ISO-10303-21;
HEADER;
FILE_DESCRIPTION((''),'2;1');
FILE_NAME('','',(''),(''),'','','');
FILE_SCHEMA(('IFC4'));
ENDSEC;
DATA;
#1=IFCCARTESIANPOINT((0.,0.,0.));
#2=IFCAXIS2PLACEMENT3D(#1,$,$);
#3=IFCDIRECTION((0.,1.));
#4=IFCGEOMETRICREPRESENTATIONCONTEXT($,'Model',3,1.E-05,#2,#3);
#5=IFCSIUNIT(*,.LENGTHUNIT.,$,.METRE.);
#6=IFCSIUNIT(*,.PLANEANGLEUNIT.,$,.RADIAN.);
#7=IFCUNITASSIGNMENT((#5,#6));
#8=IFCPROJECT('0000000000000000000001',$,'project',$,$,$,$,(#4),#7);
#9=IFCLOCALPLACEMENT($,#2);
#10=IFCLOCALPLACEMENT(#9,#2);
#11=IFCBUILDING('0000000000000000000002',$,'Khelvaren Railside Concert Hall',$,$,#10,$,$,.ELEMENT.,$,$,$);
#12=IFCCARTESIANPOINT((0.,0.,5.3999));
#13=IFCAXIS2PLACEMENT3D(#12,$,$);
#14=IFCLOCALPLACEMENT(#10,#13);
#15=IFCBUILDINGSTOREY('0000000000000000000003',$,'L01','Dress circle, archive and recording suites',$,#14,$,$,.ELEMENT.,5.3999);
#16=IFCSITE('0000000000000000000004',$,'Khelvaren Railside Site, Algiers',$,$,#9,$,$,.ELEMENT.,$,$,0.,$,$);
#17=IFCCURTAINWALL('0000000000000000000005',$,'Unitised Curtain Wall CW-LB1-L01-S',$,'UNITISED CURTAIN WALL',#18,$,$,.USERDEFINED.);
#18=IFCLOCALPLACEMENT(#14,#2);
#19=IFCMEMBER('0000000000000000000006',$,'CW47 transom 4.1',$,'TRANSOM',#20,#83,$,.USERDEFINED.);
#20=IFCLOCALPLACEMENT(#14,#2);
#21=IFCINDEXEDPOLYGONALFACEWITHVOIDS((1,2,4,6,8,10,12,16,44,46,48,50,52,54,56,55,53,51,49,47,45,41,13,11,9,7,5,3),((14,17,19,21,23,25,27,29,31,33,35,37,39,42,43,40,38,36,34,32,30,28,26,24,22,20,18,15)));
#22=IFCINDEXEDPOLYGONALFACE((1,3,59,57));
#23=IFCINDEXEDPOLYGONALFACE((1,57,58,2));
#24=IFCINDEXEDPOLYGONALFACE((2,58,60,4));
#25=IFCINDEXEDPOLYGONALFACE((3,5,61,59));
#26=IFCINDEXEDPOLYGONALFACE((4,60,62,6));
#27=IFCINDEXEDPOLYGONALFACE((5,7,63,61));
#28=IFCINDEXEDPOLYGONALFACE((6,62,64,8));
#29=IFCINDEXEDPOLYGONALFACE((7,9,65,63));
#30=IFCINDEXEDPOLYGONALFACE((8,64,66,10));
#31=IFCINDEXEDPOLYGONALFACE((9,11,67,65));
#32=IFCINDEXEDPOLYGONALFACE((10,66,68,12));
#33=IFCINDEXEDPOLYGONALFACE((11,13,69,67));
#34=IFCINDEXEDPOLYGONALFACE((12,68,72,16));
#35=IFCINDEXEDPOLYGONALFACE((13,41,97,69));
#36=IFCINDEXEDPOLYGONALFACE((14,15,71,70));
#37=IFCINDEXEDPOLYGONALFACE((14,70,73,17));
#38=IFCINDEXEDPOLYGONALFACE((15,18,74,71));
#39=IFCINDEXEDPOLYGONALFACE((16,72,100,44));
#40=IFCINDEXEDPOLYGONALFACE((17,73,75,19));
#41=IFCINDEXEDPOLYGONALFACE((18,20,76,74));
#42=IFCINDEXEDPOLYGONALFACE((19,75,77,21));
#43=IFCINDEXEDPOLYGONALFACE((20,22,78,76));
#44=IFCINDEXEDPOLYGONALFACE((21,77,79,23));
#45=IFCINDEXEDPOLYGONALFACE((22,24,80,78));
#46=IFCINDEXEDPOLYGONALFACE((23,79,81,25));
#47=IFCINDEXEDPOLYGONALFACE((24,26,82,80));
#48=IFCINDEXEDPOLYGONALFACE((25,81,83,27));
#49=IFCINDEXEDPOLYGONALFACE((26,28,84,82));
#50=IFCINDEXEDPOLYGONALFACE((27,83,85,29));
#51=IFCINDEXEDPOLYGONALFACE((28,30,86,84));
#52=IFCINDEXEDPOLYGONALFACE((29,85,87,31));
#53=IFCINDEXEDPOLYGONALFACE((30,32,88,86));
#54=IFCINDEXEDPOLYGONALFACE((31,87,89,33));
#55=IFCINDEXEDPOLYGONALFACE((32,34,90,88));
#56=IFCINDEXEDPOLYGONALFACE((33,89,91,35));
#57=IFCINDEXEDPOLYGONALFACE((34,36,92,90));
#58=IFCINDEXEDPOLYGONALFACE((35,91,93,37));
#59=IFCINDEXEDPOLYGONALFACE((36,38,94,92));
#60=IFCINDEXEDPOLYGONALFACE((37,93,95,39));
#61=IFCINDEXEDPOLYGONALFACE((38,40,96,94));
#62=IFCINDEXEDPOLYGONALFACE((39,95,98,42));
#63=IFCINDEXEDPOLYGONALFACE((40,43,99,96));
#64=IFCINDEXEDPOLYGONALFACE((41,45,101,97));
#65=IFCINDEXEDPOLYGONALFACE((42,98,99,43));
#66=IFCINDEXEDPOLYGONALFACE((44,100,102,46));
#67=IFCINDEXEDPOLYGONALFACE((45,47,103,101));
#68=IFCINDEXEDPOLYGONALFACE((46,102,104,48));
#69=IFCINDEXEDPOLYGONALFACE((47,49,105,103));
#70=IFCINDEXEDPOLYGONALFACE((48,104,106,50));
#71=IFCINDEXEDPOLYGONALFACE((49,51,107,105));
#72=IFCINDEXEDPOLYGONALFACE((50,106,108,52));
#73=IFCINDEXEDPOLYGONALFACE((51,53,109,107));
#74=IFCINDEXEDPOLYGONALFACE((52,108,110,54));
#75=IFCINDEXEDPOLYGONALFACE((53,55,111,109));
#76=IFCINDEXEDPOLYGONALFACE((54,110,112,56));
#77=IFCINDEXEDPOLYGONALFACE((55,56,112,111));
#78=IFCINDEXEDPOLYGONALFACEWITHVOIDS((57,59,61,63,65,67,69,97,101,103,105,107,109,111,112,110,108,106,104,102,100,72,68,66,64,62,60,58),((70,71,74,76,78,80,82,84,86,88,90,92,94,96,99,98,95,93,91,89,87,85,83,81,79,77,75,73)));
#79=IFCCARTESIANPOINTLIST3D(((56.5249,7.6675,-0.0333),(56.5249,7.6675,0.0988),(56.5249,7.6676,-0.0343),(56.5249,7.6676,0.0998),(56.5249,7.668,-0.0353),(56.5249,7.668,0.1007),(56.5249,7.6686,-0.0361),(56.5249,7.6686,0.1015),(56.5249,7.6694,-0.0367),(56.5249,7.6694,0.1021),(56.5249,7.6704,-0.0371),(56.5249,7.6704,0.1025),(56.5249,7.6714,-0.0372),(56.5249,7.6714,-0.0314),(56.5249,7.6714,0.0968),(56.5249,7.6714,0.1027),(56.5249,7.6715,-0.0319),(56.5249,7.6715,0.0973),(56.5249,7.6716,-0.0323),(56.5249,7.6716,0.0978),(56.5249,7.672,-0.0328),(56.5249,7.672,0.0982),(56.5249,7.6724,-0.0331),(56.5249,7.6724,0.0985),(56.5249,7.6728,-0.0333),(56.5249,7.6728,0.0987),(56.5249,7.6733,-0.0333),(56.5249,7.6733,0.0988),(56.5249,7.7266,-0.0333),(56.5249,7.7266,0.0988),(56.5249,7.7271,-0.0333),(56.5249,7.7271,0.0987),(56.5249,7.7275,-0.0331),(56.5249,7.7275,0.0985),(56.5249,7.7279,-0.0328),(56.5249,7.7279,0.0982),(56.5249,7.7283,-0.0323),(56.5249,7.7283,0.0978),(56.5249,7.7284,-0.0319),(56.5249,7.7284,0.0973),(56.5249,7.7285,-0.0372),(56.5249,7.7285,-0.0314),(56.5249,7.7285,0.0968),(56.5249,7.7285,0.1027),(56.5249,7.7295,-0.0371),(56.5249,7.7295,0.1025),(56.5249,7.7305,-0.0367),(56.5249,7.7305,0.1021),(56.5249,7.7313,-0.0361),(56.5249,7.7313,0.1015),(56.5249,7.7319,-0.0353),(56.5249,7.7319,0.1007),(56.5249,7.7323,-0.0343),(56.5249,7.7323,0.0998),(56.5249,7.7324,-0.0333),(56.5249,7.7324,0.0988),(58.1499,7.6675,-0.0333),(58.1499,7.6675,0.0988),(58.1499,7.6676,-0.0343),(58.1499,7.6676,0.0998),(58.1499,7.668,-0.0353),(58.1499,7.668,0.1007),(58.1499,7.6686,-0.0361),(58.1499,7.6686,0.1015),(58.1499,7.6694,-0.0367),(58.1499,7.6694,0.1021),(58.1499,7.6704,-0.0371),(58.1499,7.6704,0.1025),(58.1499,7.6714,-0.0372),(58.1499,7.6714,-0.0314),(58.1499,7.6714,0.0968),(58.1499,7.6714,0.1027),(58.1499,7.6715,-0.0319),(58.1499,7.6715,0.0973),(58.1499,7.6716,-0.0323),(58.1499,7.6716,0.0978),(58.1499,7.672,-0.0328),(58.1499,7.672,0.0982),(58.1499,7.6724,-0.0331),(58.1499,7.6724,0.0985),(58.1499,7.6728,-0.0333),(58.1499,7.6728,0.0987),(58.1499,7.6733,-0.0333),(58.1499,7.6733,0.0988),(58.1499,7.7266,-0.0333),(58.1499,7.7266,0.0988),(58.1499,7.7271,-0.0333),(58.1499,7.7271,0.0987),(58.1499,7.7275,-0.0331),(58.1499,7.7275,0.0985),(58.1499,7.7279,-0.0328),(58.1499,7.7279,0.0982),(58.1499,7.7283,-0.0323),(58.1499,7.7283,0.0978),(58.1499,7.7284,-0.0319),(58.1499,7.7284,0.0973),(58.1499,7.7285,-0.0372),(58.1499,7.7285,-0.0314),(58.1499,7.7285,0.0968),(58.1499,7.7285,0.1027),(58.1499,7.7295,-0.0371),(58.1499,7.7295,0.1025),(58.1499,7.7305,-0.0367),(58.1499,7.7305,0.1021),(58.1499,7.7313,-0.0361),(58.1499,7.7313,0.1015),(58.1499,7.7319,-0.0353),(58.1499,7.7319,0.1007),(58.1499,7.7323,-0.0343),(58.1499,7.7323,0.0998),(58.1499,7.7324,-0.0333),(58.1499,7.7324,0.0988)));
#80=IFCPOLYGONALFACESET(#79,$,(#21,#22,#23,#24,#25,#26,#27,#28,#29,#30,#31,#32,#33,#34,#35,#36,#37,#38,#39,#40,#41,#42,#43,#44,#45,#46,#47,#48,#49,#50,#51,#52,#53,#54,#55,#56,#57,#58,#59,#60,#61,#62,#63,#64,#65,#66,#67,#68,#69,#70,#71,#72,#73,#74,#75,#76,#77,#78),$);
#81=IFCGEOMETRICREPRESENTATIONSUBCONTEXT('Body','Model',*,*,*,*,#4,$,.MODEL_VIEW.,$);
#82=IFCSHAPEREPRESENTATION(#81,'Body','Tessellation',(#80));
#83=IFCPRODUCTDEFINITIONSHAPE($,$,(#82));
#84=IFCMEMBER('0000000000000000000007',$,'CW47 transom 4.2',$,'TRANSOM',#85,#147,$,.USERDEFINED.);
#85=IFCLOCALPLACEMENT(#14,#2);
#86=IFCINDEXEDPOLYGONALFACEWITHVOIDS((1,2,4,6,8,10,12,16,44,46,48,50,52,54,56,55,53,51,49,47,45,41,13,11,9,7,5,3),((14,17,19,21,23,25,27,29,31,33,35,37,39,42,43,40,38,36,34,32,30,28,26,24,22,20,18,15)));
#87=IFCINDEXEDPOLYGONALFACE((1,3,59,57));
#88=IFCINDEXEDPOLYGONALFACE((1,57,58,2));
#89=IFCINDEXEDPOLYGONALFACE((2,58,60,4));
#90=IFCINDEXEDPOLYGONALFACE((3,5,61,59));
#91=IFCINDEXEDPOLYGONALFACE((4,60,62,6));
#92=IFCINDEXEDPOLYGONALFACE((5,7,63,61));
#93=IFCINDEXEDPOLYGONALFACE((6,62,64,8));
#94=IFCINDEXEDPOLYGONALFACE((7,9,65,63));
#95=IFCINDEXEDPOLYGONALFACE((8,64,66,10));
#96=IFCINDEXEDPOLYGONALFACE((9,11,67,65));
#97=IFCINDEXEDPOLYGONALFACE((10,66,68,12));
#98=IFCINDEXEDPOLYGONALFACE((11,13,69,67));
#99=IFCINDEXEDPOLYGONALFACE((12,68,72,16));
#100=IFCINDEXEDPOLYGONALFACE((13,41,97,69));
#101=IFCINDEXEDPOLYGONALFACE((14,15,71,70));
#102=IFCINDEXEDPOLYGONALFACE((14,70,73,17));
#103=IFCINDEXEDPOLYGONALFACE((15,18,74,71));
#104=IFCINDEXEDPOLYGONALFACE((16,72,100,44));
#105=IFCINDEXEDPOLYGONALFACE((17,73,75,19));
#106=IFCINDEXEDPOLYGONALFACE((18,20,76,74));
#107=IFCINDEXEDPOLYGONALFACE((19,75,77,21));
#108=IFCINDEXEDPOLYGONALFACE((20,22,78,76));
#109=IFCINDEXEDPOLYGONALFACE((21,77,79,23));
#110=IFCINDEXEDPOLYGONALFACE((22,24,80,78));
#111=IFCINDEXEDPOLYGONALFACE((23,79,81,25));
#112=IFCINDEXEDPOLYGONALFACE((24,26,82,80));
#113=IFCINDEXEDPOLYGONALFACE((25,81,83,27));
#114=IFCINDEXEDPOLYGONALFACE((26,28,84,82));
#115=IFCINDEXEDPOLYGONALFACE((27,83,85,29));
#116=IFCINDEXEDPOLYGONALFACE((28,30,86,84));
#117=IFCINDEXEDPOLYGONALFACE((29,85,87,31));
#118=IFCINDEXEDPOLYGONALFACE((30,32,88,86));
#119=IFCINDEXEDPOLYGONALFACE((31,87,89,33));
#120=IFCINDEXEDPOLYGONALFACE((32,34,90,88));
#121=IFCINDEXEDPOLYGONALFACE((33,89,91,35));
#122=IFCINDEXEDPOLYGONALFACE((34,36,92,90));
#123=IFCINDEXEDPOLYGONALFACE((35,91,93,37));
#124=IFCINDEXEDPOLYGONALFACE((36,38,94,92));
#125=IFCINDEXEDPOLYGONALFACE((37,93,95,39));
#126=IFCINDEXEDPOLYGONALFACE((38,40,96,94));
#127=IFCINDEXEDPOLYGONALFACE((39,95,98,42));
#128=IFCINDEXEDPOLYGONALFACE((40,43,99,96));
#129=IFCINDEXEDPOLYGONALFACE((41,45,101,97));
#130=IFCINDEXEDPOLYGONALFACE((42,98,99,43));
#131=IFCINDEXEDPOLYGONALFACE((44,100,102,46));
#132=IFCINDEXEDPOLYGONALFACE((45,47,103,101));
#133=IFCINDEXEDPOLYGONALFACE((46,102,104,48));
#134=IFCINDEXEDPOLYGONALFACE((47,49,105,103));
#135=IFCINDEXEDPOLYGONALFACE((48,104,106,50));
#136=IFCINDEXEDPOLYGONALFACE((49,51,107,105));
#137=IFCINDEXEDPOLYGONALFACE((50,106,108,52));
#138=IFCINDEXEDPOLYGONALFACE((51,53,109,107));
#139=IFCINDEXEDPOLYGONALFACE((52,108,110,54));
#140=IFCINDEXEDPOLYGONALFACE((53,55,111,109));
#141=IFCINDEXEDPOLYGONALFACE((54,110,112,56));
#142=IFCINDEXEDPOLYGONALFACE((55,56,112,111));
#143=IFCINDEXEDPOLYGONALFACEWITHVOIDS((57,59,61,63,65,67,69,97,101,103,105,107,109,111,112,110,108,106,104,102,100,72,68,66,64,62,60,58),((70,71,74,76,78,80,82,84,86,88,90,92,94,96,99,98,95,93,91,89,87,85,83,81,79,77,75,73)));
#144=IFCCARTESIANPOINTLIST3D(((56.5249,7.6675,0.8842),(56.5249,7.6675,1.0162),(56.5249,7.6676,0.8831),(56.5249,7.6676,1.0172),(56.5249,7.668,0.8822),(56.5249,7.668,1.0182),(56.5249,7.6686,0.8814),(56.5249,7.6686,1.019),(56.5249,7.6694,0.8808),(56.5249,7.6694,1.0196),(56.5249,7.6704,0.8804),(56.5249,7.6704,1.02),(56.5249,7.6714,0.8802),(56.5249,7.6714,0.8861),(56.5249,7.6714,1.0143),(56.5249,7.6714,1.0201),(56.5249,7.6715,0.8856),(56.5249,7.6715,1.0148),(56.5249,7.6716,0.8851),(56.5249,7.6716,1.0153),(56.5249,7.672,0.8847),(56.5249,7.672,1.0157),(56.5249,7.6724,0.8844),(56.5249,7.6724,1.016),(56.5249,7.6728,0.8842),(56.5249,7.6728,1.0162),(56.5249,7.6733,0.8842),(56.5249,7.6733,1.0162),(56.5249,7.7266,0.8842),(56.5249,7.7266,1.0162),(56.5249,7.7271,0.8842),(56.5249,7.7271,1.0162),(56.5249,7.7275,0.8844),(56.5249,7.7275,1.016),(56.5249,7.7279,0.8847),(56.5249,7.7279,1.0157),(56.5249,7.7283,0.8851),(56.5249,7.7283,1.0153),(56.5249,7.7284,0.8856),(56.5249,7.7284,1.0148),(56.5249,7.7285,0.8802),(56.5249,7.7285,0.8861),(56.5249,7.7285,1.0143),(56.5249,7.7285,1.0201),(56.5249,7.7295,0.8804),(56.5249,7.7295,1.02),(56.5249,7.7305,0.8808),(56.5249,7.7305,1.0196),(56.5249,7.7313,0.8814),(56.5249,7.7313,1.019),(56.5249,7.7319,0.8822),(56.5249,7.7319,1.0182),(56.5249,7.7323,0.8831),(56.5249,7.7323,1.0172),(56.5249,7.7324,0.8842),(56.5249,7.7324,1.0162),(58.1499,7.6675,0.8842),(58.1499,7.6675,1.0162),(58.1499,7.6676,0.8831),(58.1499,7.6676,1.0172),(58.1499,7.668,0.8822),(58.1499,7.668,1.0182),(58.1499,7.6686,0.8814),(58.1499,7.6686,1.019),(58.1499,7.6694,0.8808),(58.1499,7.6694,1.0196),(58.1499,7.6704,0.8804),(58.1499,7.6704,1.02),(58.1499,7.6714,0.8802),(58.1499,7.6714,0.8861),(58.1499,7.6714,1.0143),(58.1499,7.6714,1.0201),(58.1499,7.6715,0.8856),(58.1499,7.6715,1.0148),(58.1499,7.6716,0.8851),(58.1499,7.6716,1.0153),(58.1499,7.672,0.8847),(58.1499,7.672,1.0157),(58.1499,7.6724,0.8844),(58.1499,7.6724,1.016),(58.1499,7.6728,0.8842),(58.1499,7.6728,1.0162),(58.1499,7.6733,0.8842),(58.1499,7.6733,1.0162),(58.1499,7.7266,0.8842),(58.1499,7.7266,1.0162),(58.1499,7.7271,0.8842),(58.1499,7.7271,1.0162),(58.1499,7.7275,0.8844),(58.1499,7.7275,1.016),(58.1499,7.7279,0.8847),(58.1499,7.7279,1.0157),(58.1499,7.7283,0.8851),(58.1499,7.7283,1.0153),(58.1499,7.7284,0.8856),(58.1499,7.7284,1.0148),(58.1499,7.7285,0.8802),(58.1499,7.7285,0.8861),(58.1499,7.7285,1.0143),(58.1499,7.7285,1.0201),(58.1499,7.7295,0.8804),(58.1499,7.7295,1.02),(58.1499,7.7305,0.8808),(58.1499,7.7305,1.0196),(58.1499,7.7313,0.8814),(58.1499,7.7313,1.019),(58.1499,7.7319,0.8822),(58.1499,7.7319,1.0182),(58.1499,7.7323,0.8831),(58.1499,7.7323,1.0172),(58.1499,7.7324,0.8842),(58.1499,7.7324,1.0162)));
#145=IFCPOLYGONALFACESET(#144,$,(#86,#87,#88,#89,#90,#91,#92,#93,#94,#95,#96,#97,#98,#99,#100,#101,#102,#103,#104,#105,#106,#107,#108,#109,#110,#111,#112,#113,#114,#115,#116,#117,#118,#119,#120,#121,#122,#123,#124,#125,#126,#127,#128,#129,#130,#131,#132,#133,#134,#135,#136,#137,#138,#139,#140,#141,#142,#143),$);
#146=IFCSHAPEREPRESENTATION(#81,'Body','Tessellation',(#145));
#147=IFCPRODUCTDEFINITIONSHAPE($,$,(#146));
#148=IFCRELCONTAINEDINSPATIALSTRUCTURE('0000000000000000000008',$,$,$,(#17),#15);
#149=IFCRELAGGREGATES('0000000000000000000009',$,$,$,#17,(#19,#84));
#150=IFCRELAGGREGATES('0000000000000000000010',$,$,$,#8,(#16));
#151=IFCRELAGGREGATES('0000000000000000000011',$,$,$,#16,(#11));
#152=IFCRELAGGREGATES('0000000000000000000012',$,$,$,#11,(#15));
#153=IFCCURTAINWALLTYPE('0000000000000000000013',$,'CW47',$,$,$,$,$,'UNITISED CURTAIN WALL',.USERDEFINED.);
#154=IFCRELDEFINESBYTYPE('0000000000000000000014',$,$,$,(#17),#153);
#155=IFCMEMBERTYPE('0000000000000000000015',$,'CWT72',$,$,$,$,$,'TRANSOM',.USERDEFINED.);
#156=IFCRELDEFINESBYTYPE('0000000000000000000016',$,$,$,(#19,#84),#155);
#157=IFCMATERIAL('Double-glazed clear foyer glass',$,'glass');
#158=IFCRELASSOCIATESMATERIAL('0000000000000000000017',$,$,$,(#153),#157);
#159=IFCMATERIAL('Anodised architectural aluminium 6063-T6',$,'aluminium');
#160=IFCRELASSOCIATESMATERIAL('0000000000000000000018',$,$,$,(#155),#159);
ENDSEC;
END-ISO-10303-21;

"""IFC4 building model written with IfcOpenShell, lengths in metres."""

from ifc_helpers import new_model, si_unit, direction, frame, origin, origin_2d, place, context, subcontext, project, spatial, hollow_rectangle, extrude, material, material_profile, profile_set, type_object, element, aggregate, save


model = new_model("IFC4")

# Units and contexts
model_context = context("Model", 3, precision=1e-05, world=origin(), true_north=direction((0.0, 1.0)))
body_context = subcontext(model_context, "Body", "Model", "MODEL_VIEW")
ifc_project = project(units=[si_unit("LENGTHUNIT", "METRE"), si_unit("PLANEANGLEUNIT", "RADIAN")], contexts=[model_context])

# Site, building, storey
site_placement = place(None, origin())
site = spatial("IfcSite", under=ifc_project, at=site_placement, Name="Khelvaren Railside Site, Algiers", CompositionType="ELEMENT", RefElevation=0.0)
building_placement = place(site_placement, origin())
building = spatial("IfcBuilding", under=site, at=building_placement, Name="Khelvaren Railside Concert Hall", CompositionType="ELEMENT")
storey_placement = place(building_placement, frame((0.0, 0.0, 5.3999)))
storey = spatial("IfcBuildingStorey", under=building, at=storey_placement, Name="L01", Description="Dress circle, archive and recording suites", CompositionType="ELEMENT", Elevation=5.3999)

# Curtain wall
ifc_material_1 = material(Name="Double-glazed clear foyer glass", Category="glass")
curtain_wall_type_1 = type_object("IfcCurtainWallType", Name="CW47", ElementType="UNITISED CURTAIN WALL", PredefinedType="USERDEFINED", material=ifc_material_1)
curtain_wall_1_placement = place(storey_placement, origin())
curtain_wall_1 = element("IfcCurtainWall", 1, at=curtain_wall_1_placement, inside=storey, type_object=curtain_wall_type_1, Name="Unitised Curtain Wall CW-LB1-L01-S", ObjectType="UNITISED CURTAIN WALL", PredefinedType="USERDEFINED")
ifc_material_2 = material(Name="Anodised architectural aluminium 6063-T6", Category="aluminium")

# Members
ifc_material_profile_1 = material_profile(ifc_material_2, hollow_rectangle(XDim=0.0649, YDim=0.1399, WallThickness=0.0039, InnerFilletRadius=0.002, OuterFilletRadius=0.0039, at=origin_2d()), Name="CWT 65x140x4")
ifc_profile_set_1 = profile_set([ifc_material_profile_1], Name="Anodised architectural aluminium 6063-T6")
member_type_1 = type_object("IfcMemberType", Name="CWT72", ElementType="TRANSOM", PredefinedType="USERDEFINED", material=ifc_profile_set_1)
member_1_placement = place(storey_placement, frame((58.1499, 7.7, 0.0327), z_axis=(-1.0, 0.0, 0.0), x_axis=(0.0, -1.0, 0.0)))
member_1 = element("IfcMember", 2, at=member_1_placement, type_object=member_type_1, Name="CW47 transom 4.1", ObjectType="TRANSOM", PredefinedType="USERDEFINED", context=body_context, shape_type="SweptSolid", body=[
    extrude(hollow_rectangle(XDim=0.0649, YDim=0.1399, WallThickness=0.0039, InnerFilletRadius=0.002, OuterFilletRadius=0.0039, at=origin_2d()), origin(), (0.0, 0.0, 1.0), 1.625),
])
member_2_placement = place(storey_placement, frame((58.1499, 7.7, 0.9502), z_axis=(-1.0, 0.0, 0.0), x_axis=(0.0, -1.0, 0.0)))
member_2 = element("IfcMember", 3, at=member_2_placement, type_object=member_type_1, Name="CW47 transom 4.2", ObjectType="TRANSOM", PredefinedType="USERDEFINED", context=body_context, shape_type="SweptSolid", body=[
    extrude(hollow_rectangle(XDim=0.0649, YDim=0.1399, WallThickness=0.0039, InnerFilletRadius=0.002, OuterFilletRadius=0.0039, at=origin_2d()), origin(), (0.0, 0.0, 1.0), 1.625),
])

aggregate(curtain_wall_1, [member_1, member_2])

save(model, "model.ifc")
